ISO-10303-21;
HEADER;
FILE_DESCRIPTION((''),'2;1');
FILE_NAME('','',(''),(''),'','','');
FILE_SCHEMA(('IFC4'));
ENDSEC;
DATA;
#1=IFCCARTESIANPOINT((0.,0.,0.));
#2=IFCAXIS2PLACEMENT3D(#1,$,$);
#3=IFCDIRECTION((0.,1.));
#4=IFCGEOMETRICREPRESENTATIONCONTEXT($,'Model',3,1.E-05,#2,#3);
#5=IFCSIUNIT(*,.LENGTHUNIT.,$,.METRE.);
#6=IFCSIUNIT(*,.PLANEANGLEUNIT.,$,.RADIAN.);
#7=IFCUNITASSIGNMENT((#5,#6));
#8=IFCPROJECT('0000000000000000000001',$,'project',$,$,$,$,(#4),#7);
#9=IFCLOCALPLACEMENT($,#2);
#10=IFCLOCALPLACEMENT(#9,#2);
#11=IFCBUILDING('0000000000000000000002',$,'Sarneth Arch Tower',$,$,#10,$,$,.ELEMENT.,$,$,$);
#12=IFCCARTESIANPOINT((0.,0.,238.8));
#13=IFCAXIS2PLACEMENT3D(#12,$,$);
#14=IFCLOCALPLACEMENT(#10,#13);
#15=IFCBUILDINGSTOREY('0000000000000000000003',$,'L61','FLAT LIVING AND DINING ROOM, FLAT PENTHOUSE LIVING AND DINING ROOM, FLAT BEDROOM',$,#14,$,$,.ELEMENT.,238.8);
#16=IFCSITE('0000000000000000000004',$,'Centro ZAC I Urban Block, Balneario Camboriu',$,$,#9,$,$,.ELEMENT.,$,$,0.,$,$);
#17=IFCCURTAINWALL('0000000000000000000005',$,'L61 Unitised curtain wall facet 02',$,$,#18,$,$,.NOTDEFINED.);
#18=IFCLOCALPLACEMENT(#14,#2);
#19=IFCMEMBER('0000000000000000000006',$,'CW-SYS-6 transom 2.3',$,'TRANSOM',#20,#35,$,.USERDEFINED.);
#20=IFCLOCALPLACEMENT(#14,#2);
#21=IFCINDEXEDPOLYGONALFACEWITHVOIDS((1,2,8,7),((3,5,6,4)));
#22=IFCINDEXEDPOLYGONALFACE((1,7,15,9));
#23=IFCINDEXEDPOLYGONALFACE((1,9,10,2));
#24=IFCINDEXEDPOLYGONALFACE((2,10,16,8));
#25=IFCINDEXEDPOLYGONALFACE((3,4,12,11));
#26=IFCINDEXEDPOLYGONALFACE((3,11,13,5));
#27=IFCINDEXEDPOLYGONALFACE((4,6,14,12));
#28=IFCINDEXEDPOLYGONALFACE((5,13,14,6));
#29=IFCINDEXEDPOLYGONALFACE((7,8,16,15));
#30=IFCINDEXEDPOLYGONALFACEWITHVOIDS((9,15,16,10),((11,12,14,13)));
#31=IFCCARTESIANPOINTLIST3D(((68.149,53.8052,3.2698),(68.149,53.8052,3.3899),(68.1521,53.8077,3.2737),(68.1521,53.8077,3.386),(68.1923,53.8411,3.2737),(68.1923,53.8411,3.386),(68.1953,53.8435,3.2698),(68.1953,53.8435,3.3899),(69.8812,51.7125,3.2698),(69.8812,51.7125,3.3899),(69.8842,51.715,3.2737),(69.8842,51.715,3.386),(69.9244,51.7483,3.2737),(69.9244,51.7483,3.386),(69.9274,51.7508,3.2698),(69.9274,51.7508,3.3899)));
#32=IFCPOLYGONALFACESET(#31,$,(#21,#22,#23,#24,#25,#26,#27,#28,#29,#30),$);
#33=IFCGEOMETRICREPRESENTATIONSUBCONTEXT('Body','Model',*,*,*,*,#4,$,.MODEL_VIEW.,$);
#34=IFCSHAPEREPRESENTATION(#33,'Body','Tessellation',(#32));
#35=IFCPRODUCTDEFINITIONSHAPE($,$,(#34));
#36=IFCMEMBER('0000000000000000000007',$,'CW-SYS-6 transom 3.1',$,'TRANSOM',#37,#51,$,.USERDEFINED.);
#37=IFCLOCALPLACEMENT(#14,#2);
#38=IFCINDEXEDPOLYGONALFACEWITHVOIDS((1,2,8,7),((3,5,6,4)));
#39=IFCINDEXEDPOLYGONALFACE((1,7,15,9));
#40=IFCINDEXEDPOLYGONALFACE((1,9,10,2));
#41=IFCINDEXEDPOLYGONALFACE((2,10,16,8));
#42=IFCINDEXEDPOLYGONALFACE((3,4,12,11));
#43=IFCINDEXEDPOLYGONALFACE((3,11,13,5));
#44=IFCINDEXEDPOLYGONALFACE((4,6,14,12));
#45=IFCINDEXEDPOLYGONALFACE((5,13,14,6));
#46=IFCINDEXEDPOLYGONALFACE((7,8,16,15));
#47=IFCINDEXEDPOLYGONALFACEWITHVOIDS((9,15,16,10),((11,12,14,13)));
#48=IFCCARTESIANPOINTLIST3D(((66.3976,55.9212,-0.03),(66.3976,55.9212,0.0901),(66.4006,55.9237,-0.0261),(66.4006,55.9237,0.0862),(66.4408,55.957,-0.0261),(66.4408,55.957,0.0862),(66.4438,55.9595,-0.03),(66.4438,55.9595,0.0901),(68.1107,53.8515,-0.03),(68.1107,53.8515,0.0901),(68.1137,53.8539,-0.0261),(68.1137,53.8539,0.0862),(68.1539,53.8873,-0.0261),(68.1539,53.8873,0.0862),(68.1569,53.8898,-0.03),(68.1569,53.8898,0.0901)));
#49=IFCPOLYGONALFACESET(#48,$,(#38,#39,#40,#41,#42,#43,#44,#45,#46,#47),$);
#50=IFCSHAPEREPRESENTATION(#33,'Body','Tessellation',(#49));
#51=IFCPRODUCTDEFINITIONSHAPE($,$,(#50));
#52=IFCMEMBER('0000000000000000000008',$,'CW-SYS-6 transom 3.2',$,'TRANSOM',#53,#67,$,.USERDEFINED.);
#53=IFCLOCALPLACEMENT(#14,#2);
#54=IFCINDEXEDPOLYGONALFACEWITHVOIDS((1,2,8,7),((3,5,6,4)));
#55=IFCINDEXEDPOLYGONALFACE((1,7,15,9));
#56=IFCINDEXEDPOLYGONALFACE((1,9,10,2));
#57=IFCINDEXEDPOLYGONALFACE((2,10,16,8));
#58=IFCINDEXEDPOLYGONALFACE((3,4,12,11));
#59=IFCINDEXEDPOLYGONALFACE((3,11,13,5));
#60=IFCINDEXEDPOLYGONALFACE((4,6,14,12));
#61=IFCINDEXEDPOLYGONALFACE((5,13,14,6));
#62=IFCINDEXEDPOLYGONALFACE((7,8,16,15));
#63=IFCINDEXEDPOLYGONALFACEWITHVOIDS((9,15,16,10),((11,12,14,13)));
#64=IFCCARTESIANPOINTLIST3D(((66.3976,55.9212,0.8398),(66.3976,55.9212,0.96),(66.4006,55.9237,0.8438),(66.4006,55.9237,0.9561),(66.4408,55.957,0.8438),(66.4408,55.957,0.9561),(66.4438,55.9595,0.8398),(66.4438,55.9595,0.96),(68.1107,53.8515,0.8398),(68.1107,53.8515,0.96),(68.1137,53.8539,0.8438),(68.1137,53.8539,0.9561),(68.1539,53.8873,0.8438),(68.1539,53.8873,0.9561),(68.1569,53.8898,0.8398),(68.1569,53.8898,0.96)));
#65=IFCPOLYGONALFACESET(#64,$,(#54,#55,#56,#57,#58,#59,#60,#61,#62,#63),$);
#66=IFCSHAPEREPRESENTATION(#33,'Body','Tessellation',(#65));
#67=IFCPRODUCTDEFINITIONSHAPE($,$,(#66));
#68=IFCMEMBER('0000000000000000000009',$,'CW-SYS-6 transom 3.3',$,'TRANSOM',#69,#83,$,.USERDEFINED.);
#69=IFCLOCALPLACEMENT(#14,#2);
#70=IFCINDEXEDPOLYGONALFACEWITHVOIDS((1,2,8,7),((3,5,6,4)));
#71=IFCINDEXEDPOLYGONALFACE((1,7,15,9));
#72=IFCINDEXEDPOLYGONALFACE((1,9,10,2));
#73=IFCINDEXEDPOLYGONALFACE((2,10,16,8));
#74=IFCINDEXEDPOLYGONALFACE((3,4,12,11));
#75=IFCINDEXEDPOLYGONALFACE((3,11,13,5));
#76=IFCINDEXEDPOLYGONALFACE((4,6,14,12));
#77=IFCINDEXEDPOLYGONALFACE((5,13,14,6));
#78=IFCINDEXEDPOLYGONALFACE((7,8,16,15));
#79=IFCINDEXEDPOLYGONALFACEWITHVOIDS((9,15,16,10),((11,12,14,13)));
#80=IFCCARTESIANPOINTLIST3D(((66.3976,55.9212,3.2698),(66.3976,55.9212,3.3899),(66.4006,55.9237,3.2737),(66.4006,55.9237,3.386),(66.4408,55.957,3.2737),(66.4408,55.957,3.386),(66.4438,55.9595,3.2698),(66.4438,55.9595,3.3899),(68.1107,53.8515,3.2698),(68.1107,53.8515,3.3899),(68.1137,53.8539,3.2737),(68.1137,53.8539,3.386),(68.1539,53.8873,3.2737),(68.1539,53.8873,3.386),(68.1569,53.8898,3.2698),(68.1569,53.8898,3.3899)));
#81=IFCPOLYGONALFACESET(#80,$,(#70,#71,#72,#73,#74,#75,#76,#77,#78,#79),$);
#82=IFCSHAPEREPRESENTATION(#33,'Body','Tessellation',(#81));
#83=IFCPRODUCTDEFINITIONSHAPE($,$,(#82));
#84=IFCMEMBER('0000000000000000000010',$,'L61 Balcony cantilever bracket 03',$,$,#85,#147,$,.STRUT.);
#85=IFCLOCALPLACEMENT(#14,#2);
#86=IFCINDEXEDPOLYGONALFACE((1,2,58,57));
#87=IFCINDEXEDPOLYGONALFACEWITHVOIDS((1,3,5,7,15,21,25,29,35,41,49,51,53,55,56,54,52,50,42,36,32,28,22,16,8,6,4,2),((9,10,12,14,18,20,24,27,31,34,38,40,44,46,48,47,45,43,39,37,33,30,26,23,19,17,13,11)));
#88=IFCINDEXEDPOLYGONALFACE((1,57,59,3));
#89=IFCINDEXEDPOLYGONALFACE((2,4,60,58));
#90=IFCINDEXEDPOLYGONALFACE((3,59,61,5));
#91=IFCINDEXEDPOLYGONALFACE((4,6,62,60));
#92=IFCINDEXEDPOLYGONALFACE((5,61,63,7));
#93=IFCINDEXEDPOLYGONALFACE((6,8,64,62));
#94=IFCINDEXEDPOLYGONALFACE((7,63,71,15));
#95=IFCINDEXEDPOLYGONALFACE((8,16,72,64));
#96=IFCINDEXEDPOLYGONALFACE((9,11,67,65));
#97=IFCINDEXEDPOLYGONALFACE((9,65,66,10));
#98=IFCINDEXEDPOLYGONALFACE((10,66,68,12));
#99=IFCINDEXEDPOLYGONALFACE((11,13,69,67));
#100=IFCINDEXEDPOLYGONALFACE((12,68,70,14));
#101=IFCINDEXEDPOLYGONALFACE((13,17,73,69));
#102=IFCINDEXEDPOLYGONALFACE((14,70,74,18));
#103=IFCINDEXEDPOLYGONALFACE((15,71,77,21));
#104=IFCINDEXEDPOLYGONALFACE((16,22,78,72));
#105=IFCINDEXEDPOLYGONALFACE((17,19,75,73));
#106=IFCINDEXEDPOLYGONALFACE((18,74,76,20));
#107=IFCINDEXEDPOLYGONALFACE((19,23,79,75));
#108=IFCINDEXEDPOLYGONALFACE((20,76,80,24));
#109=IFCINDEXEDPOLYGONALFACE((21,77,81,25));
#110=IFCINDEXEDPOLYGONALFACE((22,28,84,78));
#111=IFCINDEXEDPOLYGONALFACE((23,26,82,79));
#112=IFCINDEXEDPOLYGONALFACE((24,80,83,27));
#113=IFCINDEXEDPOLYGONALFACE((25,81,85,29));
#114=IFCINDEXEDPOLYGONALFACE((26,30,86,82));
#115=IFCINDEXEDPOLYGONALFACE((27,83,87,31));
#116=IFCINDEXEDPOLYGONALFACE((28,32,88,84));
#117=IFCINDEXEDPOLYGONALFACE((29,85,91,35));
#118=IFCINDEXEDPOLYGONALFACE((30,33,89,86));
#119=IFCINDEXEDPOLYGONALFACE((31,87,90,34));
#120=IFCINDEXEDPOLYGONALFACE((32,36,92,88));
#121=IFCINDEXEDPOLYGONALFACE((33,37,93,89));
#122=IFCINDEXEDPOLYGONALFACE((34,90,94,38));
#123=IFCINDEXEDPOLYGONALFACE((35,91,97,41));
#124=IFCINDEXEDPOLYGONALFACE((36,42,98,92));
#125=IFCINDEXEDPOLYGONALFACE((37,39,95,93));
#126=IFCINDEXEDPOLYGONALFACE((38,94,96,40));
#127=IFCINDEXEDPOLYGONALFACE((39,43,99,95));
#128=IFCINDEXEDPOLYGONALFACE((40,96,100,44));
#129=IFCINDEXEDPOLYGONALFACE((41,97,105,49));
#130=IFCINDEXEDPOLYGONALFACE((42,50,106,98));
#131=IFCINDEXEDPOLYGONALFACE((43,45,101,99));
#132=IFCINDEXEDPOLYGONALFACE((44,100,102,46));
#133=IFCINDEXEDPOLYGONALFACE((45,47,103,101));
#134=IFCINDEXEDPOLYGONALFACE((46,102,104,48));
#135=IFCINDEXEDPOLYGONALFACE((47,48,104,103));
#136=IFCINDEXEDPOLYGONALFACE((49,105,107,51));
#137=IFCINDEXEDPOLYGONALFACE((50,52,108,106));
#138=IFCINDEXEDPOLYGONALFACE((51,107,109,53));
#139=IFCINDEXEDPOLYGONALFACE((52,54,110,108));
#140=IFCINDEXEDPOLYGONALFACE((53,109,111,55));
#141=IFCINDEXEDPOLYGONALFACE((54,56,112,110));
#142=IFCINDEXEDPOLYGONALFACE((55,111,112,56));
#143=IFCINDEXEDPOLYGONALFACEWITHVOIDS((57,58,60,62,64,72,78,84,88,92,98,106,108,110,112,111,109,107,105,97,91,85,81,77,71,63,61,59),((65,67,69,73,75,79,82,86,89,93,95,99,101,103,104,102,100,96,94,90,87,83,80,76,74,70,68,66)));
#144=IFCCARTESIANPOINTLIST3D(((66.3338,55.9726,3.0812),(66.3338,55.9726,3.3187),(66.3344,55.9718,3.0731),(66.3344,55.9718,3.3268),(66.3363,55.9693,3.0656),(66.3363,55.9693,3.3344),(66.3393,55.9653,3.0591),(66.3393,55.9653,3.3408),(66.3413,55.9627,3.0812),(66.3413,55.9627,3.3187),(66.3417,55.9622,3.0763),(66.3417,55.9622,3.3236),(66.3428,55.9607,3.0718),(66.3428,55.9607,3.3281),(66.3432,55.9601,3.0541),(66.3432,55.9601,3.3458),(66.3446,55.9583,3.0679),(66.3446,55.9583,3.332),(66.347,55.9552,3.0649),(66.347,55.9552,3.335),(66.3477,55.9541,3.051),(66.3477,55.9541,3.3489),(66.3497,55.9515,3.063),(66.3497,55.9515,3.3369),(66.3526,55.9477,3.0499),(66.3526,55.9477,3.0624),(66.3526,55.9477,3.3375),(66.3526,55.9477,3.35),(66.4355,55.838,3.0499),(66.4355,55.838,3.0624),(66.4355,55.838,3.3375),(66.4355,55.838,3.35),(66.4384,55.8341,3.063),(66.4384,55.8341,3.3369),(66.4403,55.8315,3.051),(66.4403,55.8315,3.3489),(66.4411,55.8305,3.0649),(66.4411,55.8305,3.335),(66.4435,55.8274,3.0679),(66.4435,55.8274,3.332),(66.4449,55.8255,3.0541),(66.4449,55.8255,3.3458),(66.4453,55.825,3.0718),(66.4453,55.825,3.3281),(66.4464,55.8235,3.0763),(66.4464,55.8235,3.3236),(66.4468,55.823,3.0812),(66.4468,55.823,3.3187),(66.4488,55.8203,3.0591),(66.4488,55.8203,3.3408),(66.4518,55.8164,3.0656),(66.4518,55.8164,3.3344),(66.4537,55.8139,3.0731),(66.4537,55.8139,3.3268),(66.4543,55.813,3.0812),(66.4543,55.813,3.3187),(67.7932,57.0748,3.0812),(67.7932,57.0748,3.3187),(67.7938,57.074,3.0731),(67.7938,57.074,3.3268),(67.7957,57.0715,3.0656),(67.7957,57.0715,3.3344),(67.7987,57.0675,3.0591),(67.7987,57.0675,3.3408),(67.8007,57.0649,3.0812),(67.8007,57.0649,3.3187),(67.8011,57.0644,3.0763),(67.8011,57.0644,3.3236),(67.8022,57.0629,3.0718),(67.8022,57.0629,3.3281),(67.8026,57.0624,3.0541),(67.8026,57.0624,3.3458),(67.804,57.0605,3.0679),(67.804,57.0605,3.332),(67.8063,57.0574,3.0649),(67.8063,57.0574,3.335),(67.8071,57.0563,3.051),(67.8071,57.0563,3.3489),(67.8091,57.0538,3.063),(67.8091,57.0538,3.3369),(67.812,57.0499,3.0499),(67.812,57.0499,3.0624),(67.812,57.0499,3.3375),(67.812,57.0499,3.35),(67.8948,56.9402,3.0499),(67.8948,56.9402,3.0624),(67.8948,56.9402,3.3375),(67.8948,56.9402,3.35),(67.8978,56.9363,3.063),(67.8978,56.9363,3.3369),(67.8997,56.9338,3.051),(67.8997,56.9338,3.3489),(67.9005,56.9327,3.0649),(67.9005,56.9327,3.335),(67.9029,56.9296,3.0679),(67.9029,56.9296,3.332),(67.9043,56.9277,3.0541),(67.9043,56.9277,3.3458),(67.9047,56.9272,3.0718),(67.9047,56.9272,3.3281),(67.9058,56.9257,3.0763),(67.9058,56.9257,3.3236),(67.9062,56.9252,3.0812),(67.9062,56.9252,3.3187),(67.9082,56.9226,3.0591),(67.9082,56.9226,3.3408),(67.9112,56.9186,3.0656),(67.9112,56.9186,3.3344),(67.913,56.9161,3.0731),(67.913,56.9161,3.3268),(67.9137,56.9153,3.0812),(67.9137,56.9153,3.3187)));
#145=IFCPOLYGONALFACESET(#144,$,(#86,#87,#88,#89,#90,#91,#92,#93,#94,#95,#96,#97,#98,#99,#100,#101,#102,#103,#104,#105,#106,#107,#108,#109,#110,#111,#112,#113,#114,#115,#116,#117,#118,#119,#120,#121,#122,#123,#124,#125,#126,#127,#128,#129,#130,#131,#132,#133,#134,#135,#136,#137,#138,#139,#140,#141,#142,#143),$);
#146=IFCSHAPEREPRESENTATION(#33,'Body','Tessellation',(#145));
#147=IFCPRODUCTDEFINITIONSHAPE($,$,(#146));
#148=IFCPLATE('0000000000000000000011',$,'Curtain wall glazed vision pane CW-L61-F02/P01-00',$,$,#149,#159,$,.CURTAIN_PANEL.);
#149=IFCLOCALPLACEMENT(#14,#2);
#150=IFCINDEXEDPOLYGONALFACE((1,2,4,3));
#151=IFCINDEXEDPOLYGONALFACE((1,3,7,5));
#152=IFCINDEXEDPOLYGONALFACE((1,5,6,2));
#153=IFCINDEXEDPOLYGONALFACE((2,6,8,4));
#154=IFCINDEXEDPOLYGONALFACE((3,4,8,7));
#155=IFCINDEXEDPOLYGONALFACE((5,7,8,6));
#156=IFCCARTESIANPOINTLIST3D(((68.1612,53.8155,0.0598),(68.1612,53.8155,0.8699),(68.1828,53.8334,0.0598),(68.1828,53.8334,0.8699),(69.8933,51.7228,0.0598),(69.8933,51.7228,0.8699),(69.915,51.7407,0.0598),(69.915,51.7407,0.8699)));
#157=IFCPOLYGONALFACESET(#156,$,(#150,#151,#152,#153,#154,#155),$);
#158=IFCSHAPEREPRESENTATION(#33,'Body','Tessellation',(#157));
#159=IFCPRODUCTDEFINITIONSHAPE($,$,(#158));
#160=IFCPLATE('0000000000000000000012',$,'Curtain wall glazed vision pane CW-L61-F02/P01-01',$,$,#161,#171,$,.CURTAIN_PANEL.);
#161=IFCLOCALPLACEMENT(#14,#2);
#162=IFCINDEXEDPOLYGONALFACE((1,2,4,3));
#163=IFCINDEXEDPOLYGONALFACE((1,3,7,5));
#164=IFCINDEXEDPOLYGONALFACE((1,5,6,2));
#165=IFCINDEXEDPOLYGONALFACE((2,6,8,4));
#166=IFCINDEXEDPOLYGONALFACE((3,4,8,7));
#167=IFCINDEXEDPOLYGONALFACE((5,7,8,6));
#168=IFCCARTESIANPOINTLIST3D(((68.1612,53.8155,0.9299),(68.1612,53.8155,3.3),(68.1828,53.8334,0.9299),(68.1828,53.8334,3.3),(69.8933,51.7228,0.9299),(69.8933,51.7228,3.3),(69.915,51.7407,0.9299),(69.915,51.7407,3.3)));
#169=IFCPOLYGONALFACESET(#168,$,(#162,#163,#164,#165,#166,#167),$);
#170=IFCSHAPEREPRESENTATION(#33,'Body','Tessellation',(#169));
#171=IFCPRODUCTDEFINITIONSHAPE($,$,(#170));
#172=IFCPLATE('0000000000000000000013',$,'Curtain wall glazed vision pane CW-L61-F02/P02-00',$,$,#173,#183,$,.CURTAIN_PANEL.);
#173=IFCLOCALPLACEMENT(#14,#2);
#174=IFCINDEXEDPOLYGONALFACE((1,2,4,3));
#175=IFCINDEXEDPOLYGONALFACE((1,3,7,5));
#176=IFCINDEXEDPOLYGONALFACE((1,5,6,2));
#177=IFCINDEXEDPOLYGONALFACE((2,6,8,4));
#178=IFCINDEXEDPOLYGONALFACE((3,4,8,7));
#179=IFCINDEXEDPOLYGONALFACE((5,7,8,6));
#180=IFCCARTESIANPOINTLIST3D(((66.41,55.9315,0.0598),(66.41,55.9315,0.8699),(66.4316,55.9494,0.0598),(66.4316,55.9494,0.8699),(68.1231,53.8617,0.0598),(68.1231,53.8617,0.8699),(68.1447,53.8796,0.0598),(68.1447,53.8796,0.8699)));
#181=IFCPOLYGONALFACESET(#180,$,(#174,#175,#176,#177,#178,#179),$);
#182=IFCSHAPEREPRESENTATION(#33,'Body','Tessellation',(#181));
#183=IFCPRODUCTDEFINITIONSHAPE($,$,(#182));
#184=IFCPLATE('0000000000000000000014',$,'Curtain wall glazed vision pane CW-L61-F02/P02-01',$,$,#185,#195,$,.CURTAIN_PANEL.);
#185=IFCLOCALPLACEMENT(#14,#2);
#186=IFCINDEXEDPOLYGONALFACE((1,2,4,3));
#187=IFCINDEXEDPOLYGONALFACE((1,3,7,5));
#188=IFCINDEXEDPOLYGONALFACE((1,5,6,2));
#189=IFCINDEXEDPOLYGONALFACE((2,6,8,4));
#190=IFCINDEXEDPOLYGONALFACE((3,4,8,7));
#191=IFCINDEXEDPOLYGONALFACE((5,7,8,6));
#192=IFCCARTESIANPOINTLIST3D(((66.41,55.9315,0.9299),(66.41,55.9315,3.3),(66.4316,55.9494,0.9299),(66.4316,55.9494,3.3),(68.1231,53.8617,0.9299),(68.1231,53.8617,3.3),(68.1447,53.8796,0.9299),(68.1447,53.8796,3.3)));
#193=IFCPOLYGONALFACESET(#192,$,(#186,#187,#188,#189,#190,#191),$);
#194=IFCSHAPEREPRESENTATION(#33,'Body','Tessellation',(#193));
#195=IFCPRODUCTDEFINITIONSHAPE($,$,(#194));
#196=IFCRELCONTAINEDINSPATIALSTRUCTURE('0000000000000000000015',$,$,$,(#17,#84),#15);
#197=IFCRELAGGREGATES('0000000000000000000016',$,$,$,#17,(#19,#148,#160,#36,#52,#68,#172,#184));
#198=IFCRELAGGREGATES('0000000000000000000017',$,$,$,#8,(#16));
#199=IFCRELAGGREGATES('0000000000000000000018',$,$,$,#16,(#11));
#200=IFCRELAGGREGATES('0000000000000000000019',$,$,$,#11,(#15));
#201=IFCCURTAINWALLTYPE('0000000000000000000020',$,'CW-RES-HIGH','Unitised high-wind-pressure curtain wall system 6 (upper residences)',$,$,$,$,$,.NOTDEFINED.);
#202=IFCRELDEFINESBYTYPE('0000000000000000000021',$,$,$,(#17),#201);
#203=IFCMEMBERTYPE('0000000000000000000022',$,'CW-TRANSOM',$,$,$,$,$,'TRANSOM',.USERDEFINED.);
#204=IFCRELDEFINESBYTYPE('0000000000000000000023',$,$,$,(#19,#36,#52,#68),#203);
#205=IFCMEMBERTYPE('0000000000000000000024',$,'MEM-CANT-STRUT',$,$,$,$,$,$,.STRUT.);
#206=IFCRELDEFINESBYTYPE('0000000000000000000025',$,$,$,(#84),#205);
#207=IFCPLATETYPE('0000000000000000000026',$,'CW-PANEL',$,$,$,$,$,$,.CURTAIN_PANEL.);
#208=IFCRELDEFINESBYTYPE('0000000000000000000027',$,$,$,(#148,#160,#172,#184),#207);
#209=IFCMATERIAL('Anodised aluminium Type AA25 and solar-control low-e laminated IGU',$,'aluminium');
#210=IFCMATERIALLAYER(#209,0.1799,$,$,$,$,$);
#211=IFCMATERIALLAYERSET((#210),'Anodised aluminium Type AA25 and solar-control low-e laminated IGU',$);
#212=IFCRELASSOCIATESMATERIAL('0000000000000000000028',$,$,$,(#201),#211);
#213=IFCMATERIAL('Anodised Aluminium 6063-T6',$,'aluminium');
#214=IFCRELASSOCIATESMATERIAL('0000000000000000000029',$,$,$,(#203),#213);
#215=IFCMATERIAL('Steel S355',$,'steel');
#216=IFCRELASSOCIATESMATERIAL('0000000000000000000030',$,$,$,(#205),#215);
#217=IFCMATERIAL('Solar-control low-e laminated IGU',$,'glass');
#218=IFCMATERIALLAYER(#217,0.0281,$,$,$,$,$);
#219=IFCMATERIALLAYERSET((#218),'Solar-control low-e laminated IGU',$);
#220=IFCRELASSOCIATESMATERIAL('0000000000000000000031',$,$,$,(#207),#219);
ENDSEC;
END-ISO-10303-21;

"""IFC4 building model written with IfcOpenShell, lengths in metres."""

from ifc_helpers import new_model, si_unit, direction, frame, origin, origin_2d, place, context, subcontext, project, spatial, rectangle, hollow_rectangle, extrude, material, layer, layer_set, material_profile, profile_set, type_object, element, aggregate, save


model = new_model("IFC4")

# Units and contexts
model_context = context("Model", 3, precision=1e-05, world=origin(), true_north=direction((0.0, 1.0)))
body_context = subcontext(model_context, "Body", "Model", "MODEL_VIEW")
ifc_project = project(units=[si_unit("LENGTHUNIT", "METRE"), si_unit("PLANEANGLEUNIT", "RADIAN")], contexts=[model_context])

# Site, building, storey
site_placement = place(None, origin())
site = spatial("IfcSite", under=ifc_project, at=site_placement, Name="Centro ZAC I Urban Block, Balneario Camboriu", CompositionType="ELEMENT", RefElevation=0.0)
building_placement = place(site_placement, origin())
building = spatial("IfcBuilding", under=site, at=building_placement, Name="Sarneth Arch Tower", CompositionType="ELEMENT")
storey_placement = place(building_placement, frame((0.0, 0.0, 238.8)))
storey = spatial("IfcBuildingStorey", under=building, at=storey_placement, Name="L61", Description="FLAT LIVING AND DINING ROOM, FLAT PENTHOUSE LIVING AND DINING ROOM, FLAT BEDROOM", CompositionType="ELEMENT", Elevation=238.8)

# Curtain wall, members
ifc_material_1 = material(Name="Anodised aluminium Type AA25 and solar-control low-e laminated IGU", Category="aluminium")
ifc_layer_1 = layer(ifc_material_1, 0.1799)
ifc_layer_set_1 = layer_set([ifc_layer_1], Name="Anodised aluminium Type AA25 and solar-control low-e laminated IGU")
curtain_wall_type = type_object("IfcCurtainWallType", Name="CW-RES-HIGH", Description="Unitised high-wind-pressure curtain wall system 6 (upper residences)", PredefinedType="NOTDEFINED", material=ifc_layer_set_1)
curtain_wall_placement = place(storey_placement, origin())
curtain_wall = element("IfcCurtainWall", 1, at=curtain_wall_placement, inside=storey, type_object=curtain_wall_type, Name="L61 Unitised curtain wall facet 02", PredefinedType="NOTDEFINED")
ifc_material_2 = material(Name="Anodised Aluminium 6063-T6", Category="aluminium")
ifc_material_profile_1 = material_profile(ifc_material_2, hollow_rectangle(XDim=0.0601, YDim=0.1201, WallThickness=0.0039, at=origin_2d()), Name="AL-TRAN-120x60x4")
ifc_profile_set_1 = profile_set([ifc_material_profile_1], Name="Anodised Aluminium 6063-T6")
member_type_1 = type_object("IfcMemberType", Name="CW-TRANSOM", ElementType="TRANSOM", PredefinedType="USERDEFINED", material=ifc_profile_set_1)
member_1_placement = place(storey_placement, frame((69.9043, 51.7317, 3.3298), z_axis=(-0.637617, 0.770353, 0.0), x_axis=(-0.770353, -0.637617, 0.0)))
member_1 = element("IfcMember", 2, at=member_1_placement, type_object=member_type_1, Name="CW-SYS-6 transom 2.3", ObjectType="TRANSOM", PredefinedType="USERDEFINED", context=body_context, shape_type="SweptSolid", body=[
    extrude(hollow_rectangle(XDim=0.0601, YDim=0.1201, WallThickness=0.0039, at=origin_2d()), origin(), (0.0, 0.0, 1.0), 2.7166),
])
member_2_placement = place(storey_placement, frame((68.1338, 53.8706, 0.03), z_axis=(-0.637607, 0.770362, 0.0), x_axis=(-0.770362, -0.637607, 0.0)))
member_2 = element("IfcMember", 3, at=member_2_placement, type_object=member_type_1, Name="CW-SYS-6 transom 3.1", ObjectType="TRANSOM", PredefinedType="USERDEFINED", context=body_context, shape_type="SweptSolid", body=[
    extrude(hollow_rectangle(XDim=0.0601, YDim=0.1201, WallThickness=0.0039, at=origin_2d()), origin(), (0.0, 0.0, 1.0), 2.6868),
])
member_3_placement = place(storey_placement, frame((68.1338, 53.8706, 0.8999), z_axis=(-0.637607, 0.770362, 0.0), x_axis=(-0.770362, -0.637607, 0.0)))
member_3 = element("IfcMember", 4, at=member_3_placement, type_object=member_type_1, Name="CW-SYS-6 transom 3.2", ObjectType="TRANSOM", PredefinedType="USERDEFINED", context=body_context, shape_type="SweptSolid", body=[
    extrude(hollow_rectangle(XDim=0.0601, YDim=0.1201, WallThickness=0.0039, at=origin_2d()), origin(), (0.0, 0.0, 1.0), 2.6868),
])
member_4_placement = place(storey_placement, frame((68.1338, 53.8706, 3.3298), z_axis=(-0.637607, 0.770362, 0.0), x_axis=(-0.770362, -0.637607, 0.0)))
member_4 = element("IfcMember", 5, at=member_4_placement, type_object=member_type_1, Name="CW-SYS-6 transom 3.3", ObjectType="TRANSOM", PredefinedType="USERDEFINED", context=body_context, shape_type="SweptSolid", body=[
    extrude(hollow_rectangle(XDim=0.0601, YDim=0.1201, WallThickness=0.0039, at=origin_2d()), origin(), (0.0, 0.0, 1.0), 2.6868),
])

# Member
ifc_material_3 = material(Name="Steel S355", Category="steel")
ifc_material_profile_2 = material_profile(ifc_material_3, hollow_rectangle(XDim=0.2, YDim=0.3, WallThickness=0.0125, InnerFilletRadius=0.0188, OuterFilletRadius=0.0312, at=origin_2d()), Name="RHS300x200x12.5")
ifc_profile_set_2 = profile_set([ifc_material_profile_2], Name="Steel S355")
member_type_2 = type_object("IfcMemberType", Name="MEM-CANT-STRUT", PredefinedType="STRUT", material=ifc_profile_set_2)
member_5_placement = place(storey_placement, frame((66.394, 55.8928, 3.2), z_axis=(0.797977, 0.602688, 0.0), x_axis=(-0.602688, 0.797977, 0.0)))
element("IfcMember", 6, at=member_5_placement, inside=storey, type_object=member_type_2, Name="L61 Balcony cantilever bracket 03", PredefinedType="STRUT", context=body_context, shape_type="SweptSolid", body=[
    extrude(hollow_rectangle(XDim=0.2, YDim=0.3, WallThickness=0.0125, InnerFilletRadius=0.0188, OuterFilletRadius=0.0312, at=origin_2d()), origin(), (0.0, 0.0, 1.0), 1.8289),
])

# Plates
ifc_material_4 = material(Name="Solar-control low-e laminated IGU", Category="glass")
ifc_layer_2 = layer(ifc_material_4, 0.0281)
ifc_layer_set_2 = layer_set([ifc_layer_2], Name="Solar-control low-e laminated IGU")
plate_type_1 = type_object("IfcPlateType", Name="CW-PANEL", PredefinedType="CURTAIN_PANEL", material=ifc_layer_set_2)
plate_1_placement = place(storey_placement, frame((69.0381, 52.7781, 0.0598), z_axis=(0.0, 0.0, 1.0), x_axis=(-0.63761, 0.770359, 0.0)))
plate_1 = element("IfcPlate", 7, at=plate_1_placement, type_object=plate_type_1, Name="Curtain wall glazed vision pane CW-L61-F02/P01-00", PredefinedType="CURTAIN_PANEL", context=body_context, shape_type="SweptSolid", body=[
    extrude(rectangle(XDim=2.7166, YDim=0.0281, at=origin_2d()), origin(), (0.0, 0.0, 1.0), 0.8101),
])
plate_2_placement = place(storey_placement, frame((69.0381, 52.7781, 0.9299), z_axis=(0.0, 0.0, 1.0), x_axis=(-0.63761, 0.770359, 0.0)))
plate_2 = element("IfcPlate", 8, at=plate_2_placement, type_object=plate_type_1, Name="Curtain wall glazed vision pane CW-L61-F02/P01-01", PredefinedType="CURTAIN_PANEL", context=body_context, shape_type="SweptSolid", body=[
    extrude(rectangle(XDim=2.7166, YDim=0.0281, at=origin_2d()), origin(), (0.0, 0.0, 1.0), 2.3701),
])
plate_3_placement = place(storey_placement, frame((67.2773, 54.9055, 0.0598), z_axis=(0.0, 0.0, 1.0), x_axis=(-0.63761, 0.770359, 0.0)))
plate_3 = element("IfcPlate", 9, at=plate_3_placement, type_object=plate_type_1, Name="Curtain wall glazed vision pane CW-L61-F02/P02-00", PredefinedType="CURTAIN_PANEL", context=body_context, shape_type="SweptSolid", body=[
    extrude(rectangle(XDim=2.6868, YDim=0.0281, at=origin_2d()), origin(), (0.0, 0.0, 1.0), 0.8101),
])
plate_4_placement = place(storey_placement, frame((67.2773, 54.9055, 0.9299), z_axis=(0.0, 0.0, 1.0), x_axis=(-0.63761, 0.770359, 0.0)))
plate_4 = element("IfcPlate", 10, at=plate_4_placement, type_object=plate_type_1, Name="Curtain wall glazed vision pane CW-L61-F02/P02-01", PredefinedType="CURTAIN_PANEL", context=body_context, shape_type="SweptSolid", body=[
    extrude(rectangle(XDim=2.6868, YDim=0.0281, at=origin_2d()), origin(), (0.0, 0.0, 1.0), 2.3701),
])
aggregate(curtain_wall, [member_1, plate_1, plate_2, member_2, member_3, member_4, plate_3, plate_4])

save(model, "model.ifc")
